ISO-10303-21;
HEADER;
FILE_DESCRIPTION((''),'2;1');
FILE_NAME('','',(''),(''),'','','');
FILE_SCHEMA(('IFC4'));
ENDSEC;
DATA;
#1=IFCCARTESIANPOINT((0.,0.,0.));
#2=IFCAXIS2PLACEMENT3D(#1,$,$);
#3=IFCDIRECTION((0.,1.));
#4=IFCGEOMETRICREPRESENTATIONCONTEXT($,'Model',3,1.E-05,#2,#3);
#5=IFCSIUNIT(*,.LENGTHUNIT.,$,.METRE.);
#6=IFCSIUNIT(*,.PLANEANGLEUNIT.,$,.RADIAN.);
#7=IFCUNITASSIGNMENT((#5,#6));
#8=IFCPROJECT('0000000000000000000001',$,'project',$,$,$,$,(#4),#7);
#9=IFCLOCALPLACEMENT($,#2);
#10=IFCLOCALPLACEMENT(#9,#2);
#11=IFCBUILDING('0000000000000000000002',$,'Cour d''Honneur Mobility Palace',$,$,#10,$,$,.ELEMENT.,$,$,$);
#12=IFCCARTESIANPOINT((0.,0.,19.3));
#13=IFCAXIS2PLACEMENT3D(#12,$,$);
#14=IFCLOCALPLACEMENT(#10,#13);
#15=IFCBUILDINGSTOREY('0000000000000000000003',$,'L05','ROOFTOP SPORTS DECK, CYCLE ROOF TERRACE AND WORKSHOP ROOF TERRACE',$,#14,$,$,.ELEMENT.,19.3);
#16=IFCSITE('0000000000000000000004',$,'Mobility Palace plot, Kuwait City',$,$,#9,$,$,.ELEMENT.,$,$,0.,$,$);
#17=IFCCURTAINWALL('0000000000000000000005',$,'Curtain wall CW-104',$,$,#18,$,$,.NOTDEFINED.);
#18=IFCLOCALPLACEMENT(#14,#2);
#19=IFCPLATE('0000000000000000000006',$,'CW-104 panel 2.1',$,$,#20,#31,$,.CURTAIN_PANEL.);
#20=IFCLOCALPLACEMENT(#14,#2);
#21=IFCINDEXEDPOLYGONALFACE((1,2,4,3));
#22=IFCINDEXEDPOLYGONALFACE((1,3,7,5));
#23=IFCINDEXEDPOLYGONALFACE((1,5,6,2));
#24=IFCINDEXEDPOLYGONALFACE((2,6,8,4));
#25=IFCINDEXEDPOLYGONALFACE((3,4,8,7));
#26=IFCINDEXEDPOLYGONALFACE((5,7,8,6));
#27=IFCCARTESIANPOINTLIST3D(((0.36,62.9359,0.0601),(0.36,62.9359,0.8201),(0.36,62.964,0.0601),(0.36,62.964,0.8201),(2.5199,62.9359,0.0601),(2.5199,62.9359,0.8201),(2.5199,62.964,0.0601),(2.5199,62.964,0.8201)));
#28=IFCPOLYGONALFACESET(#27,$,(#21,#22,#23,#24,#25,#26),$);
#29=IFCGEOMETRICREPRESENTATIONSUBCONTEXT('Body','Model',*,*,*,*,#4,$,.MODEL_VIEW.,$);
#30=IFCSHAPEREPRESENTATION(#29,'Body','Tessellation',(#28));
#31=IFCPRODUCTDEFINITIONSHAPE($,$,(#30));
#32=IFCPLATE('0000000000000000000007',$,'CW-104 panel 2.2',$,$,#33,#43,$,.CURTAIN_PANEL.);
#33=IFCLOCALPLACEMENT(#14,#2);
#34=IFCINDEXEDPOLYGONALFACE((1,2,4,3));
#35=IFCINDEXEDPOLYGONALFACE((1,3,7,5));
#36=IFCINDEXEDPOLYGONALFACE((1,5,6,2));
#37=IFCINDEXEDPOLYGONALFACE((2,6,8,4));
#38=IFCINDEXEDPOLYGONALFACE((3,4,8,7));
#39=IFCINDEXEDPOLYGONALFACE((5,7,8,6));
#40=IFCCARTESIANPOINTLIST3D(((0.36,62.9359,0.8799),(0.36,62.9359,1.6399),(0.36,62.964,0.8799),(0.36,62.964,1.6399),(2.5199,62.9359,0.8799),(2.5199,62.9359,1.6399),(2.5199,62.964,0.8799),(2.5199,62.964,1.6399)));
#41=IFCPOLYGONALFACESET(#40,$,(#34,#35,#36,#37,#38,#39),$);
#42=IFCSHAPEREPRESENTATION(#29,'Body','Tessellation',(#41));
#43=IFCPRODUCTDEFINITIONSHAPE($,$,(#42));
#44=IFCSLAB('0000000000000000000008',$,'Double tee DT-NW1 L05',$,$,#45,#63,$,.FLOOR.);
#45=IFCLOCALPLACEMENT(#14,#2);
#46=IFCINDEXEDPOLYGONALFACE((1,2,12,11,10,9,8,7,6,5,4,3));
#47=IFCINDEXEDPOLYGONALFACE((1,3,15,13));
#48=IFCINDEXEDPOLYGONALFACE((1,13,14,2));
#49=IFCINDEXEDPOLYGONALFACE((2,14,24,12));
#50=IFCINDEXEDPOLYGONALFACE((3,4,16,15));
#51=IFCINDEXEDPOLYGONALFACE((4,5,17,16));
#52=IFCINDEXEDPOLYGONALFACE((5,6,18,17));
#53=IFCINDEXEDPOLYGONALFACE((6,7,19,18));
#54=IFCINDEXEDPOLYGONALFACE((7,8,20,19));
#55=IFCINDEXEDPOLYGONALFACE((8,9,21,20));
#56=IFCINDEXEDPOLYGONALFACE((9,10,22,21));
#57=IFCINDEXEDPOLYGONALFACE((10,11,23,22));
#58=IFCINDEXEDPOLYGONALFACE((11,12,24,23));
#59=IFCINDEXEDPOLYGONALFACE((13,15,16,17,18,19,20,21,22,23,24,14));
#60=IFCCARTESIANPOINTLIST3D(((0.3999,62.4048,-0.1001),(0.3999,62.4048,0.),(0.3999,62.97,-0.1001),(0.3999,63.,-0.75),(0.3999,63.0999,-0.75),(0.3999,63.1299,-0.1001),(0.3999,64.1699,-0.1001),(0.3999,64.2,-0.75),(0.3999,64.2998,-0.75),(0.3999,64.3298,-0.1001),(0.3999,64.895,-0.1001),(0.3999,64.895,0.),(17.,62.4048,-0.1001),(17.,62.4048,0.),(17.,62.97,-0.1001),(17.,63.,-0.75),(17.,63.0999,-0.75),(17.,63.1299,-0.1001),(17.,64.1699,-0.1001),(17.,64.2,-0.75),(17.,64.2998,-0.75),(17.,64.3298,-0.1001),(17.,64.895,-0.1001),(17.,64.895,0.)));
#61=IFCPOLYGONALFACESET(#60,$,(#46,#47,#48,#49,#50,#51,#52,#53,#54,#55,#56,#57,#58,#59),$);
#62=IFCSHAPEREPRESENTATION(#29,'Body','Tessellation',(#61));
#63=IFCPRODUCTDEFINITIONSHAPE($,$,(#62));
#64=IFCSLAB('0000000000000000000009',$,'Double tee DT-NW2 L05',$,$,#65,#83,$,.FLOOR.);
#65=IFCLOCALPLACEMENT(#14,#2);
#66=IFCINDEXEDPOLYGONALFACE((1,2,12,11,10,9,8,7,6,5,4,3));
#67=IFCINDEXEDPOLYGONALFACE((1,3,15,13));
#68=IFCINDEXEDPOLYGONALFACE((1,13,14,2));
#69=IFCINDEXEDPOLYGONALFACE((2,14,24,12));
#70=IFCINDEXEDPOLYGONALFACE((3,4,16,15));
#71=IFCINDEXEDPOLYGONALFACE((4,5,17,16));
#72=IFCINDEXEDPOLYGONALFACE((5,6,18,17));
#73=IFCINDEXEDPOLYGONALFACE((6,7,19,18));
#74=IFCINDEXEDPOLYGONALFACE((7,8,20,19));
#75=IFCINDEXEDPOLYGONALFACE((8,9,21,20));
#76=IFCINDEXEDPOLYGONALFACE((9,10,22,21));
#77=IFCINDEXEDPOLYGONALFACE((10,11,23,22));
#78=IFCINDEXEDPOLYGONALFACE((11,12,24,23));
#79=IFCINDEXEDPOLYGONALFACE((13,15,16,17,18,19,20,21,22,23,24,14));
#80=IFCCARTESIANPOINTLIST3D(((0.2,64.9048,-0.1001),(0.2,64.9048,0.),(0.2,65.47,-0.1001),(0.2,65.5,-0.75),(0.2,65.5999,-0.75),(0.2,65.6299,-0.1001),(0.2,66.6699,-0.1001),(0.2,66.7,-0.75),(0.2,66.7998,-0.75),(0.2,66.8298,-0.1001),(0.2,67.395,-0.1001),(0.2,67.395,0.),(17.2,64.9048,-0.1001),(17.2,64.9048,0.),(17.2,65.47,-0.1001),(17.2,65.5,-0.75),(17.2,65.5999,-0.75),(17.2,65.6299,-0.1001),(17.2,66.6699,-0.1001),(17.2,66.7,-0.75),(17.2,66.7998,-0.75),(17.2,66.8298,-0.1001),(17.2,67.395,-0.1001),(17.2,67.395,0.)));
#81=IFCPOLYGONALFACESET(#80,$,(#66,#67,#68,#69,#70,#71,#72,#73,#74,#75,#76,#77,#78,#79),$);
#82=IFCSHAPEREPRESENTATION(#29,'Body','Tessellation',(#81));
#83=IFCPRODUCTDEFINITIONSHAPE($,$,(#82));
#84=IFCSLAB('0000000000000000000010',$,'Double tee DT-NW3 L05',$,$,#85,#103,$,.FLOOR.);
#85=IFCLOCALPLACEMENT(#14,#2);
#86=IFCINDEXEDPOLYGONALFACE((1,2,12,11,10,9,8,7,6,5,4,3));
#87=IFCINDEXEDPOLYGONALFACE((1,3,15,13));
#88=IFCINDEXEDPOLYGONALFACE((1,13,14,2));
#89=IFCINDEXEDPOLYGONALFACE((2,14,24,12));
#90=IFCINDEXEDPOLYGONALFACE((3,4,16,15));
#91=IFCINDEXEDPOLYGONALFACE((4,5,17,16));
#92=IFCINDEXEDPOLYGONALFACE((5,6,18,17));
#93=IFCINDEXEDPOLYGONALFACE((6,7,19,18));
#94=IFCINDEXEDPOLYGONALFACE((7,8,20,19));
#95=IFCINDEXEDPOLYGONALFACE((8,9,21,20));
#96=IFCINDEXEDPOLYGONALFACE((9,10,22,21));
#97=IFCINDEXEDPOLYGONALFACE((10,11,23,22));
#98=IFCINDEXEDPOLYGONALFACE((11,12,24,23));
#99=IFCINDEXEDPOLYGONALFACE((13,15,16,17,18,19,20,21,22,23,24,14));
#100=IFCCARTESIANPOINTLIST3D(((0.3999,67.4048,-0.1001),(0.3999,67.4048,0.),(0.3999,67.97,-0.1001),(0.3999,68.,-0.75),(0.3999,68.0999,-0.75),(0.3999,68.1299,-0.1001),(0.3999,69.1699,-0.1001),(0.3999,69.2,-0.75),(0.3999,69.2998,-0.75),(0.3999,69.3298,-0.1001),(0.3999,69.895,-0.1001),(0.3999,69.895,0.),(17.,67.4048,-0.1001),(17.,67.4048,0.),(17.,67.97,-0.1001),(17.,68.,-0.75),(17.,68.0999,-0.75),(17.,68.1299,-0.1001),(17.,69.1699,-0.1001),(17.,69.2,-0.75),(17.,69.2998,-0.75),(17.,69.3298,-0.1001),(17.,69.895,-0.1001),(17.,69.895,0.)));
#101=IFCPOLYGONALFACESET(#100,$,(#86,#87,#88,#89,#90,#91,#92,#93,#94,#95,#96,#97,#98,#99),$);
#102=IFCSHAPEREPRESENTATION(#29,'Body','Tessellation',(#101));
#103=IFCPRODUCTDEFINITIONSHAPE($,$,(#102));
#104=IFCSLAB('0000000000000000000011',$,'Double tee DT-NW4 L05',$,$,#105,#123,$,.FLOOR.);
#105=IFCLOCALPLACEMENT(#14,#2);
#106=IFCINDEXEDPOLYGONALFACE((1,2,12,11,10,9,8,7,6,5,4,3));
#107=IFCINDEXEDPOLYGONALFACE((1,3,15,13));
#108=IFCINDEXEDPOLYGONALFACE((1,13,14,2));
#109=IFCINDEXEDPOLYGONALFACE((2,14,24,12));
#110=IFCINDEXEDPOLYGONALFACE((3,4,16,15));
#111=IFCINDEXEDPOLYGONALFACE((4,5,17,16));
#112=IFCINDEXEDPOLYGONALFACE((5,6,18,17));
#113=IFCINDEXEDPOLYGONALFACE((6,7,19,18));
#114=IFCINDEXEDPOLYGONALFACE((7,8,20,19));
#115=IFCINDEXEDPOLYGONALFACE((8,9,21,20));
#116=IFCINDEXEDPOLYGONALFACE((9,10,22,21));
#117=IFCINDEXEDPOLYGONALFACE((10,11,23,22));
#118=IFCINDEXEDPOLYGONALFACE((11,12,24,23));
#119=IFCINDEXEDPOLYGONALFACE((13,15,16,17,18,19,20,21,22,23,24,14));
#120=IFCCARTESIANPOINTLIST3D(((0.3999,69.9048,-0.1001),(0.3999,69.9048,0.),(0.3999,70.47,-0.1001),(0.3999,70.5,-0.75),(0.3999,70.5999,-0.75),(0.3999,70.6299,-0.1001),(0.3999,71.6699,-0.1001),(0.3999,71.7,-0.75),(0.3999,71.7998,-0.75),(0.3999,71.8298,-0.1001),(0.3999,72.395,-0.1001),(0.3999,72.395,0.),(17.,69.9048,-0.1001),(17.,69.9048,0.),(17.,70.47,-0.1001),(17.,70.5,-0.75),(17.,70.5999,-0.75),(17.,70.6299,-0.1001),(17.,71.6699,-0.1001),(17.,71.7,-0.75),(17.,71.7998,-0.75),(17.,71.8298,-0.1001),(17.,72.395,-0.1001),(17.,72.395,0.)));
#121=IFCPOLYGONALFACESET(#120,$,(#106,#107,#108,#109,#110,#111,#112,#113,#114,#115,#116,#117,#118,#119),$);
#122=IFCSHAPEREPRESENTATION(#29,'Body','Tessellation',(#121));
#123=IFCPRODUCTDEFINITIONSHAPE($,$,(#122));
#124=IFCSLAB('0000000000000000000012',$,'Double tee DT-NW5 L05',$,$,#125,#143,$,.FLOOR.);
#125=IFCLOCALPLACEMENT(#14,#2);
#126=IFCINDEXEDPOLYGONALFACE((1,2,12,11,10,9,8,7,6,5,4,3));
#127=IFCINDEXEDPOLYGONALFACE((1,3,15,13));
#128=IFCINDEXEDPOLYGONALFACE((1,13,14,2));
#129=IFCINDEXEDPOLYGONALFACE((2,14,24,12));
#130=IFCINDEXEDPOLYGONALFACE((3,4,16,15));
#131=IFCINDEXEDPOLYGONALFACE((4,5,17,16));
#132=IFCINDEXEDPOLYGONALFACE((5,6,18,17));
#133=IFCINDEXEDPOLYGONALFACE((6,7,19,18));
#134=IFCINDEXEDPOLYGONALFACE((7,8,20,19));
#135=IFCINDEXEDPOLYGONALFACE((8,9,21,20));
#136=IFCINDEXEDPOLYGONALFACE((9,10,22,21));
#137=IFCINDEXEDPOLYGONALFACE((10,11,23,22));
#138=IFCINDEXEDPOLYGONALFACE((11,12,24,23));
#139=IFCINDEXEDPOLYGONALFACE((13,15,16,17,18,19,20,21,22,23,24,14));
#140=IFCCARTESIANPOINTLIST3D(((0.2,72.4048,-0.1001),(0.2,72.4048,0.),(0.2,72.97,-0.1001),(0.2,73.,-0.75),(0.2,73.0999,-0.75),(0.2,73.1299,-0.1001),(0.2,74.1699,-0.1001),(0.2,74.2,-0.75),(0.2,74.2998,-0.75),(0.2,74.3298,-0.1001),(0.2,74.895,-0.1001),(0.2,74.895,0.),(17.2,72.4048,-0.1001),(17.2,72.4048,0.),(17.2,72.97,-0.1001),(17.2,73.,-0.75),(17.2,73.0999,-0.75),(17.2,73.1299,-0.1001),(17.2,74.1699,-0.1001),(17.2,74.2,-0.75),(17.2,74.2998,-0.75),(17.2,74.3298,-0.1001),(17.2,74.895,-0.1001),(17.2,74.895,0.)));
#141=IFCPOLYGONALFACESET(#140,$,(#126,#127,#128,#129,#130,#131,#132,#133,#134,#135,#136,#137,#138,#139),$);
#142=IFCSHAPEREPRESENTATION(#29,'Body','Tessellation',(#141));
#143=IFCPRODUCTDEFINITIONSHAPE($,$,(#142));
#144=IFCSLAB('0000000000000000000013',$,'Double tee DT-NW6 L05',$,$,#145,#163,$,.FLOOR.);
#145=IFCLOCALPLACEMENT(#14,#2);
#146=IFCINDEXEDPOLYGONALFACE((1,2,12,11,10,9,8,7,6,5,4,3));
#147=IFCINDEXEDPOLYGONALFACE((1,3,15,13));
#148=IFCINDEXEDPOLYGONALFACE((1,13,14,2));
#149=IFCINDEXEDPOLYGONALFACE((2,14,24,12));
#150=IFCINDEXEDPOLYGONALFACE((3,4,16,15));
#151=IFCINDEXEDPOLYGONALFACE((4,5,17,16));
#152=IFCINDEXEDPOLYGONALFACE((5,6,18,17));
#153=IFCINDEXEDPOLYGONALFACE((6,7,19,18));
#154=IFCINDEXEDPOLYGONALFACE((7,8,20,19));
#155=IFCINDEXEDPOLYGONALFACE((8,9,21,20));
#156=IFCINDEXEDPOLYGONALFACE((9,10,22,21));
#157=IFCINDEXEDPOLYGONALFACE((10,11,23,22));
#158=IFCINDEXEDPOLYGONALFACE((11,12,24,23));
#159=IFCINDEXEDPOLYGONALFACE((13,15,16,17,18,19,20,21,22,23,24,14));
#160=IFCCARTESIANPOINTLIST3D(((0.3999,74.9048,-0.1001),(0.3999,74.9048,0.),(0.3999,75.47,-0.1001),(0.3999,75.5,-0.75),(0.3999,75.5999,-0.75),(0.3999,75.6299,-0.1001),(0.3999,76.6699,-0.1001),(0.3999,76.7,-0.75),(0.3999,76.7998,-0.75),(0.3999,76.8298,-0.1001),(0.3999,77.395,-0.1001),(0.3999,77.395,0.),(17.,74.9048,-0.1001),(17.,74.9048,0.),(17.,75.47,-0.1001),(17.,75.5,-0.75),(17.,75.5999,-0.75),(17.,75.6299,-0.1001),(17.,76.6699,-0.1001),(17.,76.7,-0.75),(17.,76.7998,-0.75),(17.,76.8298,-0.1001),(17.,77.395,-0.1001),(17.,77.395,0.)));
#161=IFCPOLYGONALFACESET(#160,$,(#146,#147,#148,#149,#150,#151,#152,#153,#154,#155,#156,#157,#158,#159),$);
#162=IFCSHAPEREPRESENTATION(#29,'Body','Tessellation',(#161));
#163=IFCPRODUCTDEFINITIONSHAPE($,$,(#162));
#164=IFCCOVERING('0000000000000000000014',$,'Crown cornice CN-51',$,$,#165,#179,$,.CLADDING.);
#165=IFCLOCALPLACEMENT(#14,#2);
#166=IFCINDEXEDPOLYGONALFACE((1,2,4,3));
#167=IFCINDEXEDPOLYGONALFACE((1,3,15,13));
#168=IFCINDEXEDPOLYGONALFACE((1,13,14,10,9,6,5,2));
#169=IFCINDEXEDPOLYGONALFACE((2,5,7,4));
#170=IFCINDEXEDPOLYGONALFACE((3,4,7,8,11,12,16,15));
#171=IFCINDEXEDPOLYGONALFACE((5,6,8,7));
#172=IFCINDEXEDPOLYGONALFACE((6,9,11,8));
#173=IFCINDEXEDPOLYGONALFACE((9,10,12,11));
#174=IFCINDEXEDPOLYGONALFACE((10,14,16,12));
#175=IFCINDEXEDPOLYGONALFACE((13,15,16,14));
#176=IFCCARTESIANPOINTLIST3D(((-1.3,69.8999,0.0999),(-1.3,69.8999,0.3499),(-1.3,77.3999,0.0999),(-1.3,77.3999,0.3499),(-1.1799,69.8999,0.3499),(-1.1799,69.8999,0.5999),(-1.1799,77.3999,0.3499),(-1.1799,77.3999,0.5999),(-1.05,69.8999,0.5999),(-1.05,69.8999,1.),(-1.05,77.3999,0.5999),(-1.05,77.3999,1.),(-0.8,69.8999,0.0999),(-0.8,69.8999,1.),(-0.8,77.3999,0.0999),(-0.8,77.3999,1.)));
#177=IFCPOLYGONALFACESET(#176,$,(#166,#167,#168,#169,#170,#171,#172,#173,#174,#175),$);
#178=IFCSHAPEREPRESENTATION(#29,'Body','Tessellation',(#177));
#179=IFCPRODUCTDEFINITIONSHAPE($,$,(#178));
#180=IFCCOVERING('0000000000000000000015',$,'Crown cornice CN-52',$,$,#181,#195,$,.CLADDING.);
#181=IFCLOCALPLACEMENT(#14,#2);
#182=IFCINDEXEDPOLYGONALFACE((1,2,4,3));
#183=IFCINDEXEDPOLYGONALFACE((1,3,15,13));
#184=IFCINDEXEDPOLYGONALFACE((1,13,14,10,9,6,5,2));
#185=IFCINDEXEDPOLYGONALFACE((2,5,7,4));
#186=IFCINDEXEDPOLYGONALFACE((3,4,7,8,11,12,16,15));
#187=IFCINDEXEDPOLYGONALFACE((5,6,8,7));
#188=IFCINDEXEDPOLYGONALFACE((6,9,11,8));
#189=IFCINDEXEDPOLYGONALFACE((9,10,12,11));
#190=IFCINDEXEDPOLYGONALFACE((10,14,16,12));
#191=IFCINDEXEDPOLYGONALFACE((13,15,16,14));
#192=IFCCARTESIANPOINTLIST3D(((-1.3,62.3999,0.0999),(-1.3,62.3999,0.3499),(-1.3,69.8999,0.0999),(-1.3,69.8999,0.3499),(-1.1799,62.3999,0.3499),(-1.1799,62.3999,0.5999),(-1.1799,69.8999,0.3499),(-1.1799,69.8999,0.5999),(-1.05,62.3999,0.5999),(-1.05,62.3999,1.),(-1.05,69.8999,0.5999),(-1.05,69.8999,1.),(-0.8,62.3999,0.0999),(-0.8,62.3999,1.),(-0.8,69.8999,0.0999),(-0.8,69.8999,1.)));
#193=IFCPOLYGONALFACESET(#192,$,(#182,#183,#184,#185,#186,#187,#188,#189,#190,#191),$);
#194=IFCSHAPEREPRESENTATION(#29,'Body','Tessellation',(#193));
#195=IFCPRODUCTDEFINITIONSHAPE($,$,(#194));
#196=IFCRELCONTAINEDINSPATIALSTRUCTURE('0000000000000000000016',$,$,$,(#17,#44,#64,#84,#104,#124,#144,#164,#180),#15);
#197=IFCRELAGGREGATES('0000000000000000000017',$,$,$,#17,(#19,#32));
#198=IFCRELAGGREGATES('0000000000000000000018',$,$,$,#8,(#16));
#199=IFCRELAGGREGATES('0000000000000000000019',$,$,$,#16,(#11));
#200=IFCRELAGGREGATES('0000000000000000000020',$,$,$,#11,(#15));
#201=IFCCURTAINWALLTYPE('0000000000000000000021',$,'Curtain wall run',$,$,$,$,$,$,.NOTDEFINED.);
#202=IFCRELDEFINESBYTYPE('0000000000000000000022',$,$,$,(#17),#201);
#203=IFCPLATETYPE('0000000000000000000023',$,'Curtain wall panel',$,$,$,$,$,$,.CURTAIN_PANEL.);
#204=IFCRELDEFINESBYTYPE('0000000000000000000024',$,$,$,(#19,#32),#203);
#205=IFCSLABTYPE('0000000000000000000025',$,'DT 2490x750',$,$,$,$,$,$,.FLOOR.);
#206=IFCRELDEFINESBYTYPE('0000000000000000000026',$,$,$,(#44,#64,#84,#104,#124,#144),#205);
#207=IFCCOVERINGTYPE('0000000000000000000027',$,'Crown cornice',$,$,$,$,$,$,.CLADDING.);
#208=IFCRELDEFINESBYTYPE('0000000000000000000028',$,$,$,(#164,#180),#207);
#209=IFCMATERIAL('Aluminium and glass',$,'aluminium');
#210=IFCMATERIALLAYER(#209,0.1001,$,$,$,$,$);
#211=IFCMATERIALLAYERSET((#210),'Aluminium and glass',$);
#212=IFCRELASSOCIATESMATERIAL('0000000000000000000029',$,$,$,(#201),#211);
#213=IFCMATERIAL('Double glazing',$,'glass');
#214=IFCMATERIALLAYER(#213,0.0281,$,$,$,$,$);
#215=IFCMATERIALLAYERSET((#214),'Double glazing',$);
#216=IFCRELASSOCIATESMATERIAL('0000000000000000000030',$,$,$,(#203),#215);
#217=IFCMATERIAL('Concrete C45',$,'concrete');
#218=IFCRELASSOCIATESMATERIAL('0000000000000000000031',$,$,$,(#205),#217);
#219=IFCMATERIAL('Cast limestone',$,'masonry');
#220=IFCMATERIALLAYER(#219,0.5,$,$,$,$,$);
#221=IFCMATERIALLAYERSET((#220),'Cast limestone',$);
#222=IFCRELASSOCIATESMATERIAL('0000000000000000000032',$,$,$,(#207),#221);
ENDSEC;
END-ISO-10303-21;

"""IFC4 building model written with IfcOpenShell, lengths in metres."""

from ifc_helpers import new_model, si_unit, direction, frame, origin, origin_2d, place, context, subcontext, project, spatial, polyline, rectangle, outline, extrude, material, layer, layer_set, material_profile, profile_set, type_object, element, aggregate, save


model = new_model("IFC4")

# Units and contexts
model_context = context("Model", 3, precision=1e-05, world=origin(), true_north=direction((0.0, 1.0)))
body_context = subcontext(model_context, "Body", "Model", "MODEL_VIEW")
ifc_project = project(units=[si_unit("LENGTHUNIT", "METRE"), si_unit("PLANEANGLEUNIT", "RADIAN")], contexts=[model_context])

# Site, building, storey
site_placement = place(None, origin())
site = spatial("IfcSite", under=ifc_project, at=site_placement, Name="Mobility Palace plot, Kuwait City", CompositionType="ELEMENT", RefElevation=0.0)
building_placement = place(site_placement, origin())
building = spatial("IfcBuilding", under=site, at=building_placement, Name="Cour d'Honneur Mobility Palace", CompositionType="ELEMENT")
storey_placement = place(building_placement, frame((0.0, 0.0, 19.3)))
storey = spatial("IfcBuildingStorey", under=building, at=storey_placement, Name="L05", Description="ROOFTOP SPORTS DECK, CYCLE ROOF TERRACE AND WORKSHOP ROOF TERRACE", CompositionType="ELEMENT", Elevation=19.3)

# Curtain wall
ifc_material_1 = material(Name="Aluminium and glass", Category="aluminium")
ifc_layer_1 = layer(ifc_material_1, 0.1001)
ifc_layer_set_1 = layer_set([ifc_layer_1], Name="Aluminium and glass")
curtain_wall_type = type_object("IfcCurtainWallType", Name="Curtain wall run", PredefinedType="NOTDEFINED", material=ifc_layer_set_1)
curtain_wall_1_placement = place(storey_placement, origin())
curtain_wall_1 = element("IfcCurtainWall", 1, at=curtain_wall_1_placement, inside=storey, type_object=curtain_wall_type, Name="Curtain wall CW-104", PredefinedType="NOTDEFINED")

# Plates
ifc_material_2 = material(Name="Double glazing", Category="glass")
ifc_layer_2 = layer(ifc_material_2, 0.0281)
ifc_layer_set_2 = layer_set([ifc_layer_2], Name="Double glazing")
plate_type = type_object("IfcPlateType", Name="Curtain wall panel", PredefinedType="CURTAIN_PANEL", material=ifc_layer_set_2)
plate_1_placement = place(storey_placement, frame((1.4399, 62.95, 0.0601), z_axis=(0.0, 0.0, 1.0), x_axis=(-1.0, 0.0, 0.0)))
plate_1 = element("IfcPlate", 2, at=plate_1_placement, type_object=plate_type, Name="CW-104 panel 2.1", PredefinedType="CURTAIN_PANEL", context=body_context, shape_type="SweptSolid", body=[
    extrude(rectangle(XDim=2.1599, YDim=0.0281, at=origin_2d()), origin(), (0.0, 0.0, 1.0), 0.76),
])
plate_2_placement = place(storey_placement, frame((1.4399, 62.95, 0.8799), z_axis=(0.0, 0.0, 1.0), x_axis=(-1.0, 0.0, 0.0)))
plate_2 = element("IfcPlate", 3, at=plate_2_placement, type_object=plate_type, Name="CW-104 panel 2.2", PredefinedType="CURTAIN_PANEL", context=body_context, shape_type="SweptSolid", body=[
    extrude(rectangle(XDim=2.1599, YDim=0.0281, at=origin_2d()), origin(), (0.0, 0.0, 1.0), 0.76),
])
aggregate(curtain_wall_1, [plate_1, plate_2])

# Slabs
ifc_material_3 = material(Name="Concrete C45", Category="concrete")
ifc_material_profile_1 = material_profile(ifc_material_3, outline(polyline([(-1.2451, 0.0), (1.2451, 0.0), (1.2451, -0.1001), (0.6799, -0.1001), (0.6499, -0.75), (0.55, -0.75), (0.52, -0.1001), (-0.52, -0.1001), (-0.55, -0.75), (-0.6499, -0.75), (-0.6799, -0.1001), (-1.2451, -0.1001), (-1.2451, 0.0)])), Name="DT 2490x750")
ifc_profile_set_1 = profile_set([ifc_material_profile_1], Name="Concrete C45")
slab_type = type_object("IfcSlabType", Name="DT 2490x750", PredefinedType="FLOOR", material=ifc_profile_set_1)
slab_1_placement = place(storey_placement, frame((0.3999, 63.6499, 0.0), z_axis=(1.0, 0.0, 0.0), x_axis=(0.0, 1.0, 0.0)))
element("IfcSlab", 4, at=slab_1_placement, inside=storey, type_object=slab_type, Name="Double tee DT-NW1 L05", PredefinedType="FLOOR", context=body_context, shape_type="SweptSolid", body=[
    extrude(outline(polyline([(-1.2451, 0.0), (1.2451, 0.0), (1.2451, -0.1001), (0.6799, -0.1001), (0.6499, -0.75), (0.55, -0.75), (0.52, -0.1001), (-0.52, -0.1001), (-0.55, -0.75), (-0.6499, -0.75), (-0.6799, -0.1001), (-1.2451, -0.1001), (-1.2451, 0.0)])), origin(), (0.0, 0.0, 1.0), 16.6001),
])
slab_2_placement = place(storey_placement, frame((0.2, 66.1499, 0.0), z_axis=(1.0, 0.0, 0.0), x_axis=(0.0, 1.0, 0.0)))
element("IfcSlab", 5, at=slab_2_placement, inside=storey, type_object=slab_type, Name="Double tee DT-NW2 L05", PredefinedType="FLOOR", context=body_context, shape_type="SweptSolid", body=[
    extrude(outline(polyline([(-1.2451, 0.0), (1.2451, 0.0), (1.2451, -0.1001), (0.6799, -0.1001), (0.6499, -0.75), (0.55, -0.75), (0.52, -0.1001), (-0.52, -0.1001), (-0.55, -0.75), (-0.6499, -0.75), (-0.6799, -0.1001), (-1.2451, -0.1001), (-1.2451, 0.0)])), origin(), (0.0, 0.0, 1.0), 17.0),
])
for number, where, z_axis, x_axis, name in (
    (6, (0.3999, 68.6499, 0.0), (1.0, 0.0, 0.0), (0.0, 1.0, 0.0), "Double tee DT-NW3 L05"),
    (7, (0.3999, 71.1499, 0.0), (1.0, 0.0, 0.0), (0.0, 1.0, 0.0), "Double tee DT-NW4 L05"),
):
    element("IfcSlab", number, at=place(storey_placement, frame(where, z_axis=z_axis, x_axis=x_axis)), inside=storey, type_object=slab_type, Name=name, PredefinedType="FLOOR", context=body_context, shape_type="SweptSolid", body=[
        extrude(outline(polyline([(-1.2451, 0.0), (1.2451, 0.0), (1.2451, -0.1001), (0.6799, -0.1001), (0.6499, -0.75), (0.55, -0.75), (0.52, -0.1001), (-0.52, -0.1001), (-0.55, -0.75), (-0.6499, -0.75), (-0.6799, -0.1001), (-1.2451, -0.1001), (-1.2451, 0.0)])), origin(), (0.0, 0.0, 1.0), 16.6001),
    ])
slab_3_placement = place(storey_placement, frame((0.2, 73.6499, 0.0), z_axis=(1.0, 0.0, 0.0), x_axis=(0.0, 1.0, 0.0)))
element("IfcSlab", 8, at=slab_3_placement, inside=storey, type_object=slab_type, Name="Double tee DT-NW5 L05", PredefinedType="FLOOR", context=body_context, shape_type="SweptSolid", body=[
    extrude(outline(polyline([(-1.2451, 0.0), (1.2451, 0.0), (1.2451, -0.1001), (0.6799, -0.1001), (0.6499, -0.75), (0.55, -0.75), (0.52, -0.1001), (-0.52, -0.1001), (-0.55, -0.75), (-0.6499, -0.75), (-0.6799, -0.1001), (-1.2451, -0.1001), (-1.2451, 0.0)])), origin(), (0.0, 0.0, 1.0), 17.0),
])
slab_4_placement = place(storey_placement, frame((0.3999, 76.1499, 0.0), z_axis=(1.0, 0.0, 0.0), x_axis=(0.0, 1.0, 0.0)))
element("IfcSlab", 9, at=slab_4_placement, inside=storey, type_object=slab_type, Name="Double tee DT-NW6 L05", PredefinedType="FLOOR", context=body_context, shape_type="SweptSolid", body=[
    extrude(outline(polyline([(-1.2451, 0.0), (1.2451, 0.0), (1.2451, -0.1001), (0.6799, -0.1001), (0.6499, -0.75), (0.55, -0.75), (0.52, -0.1001), (-0.52, -0.1001), (-0.55, -0.75), (-0.6499, -0.75), (-0.6799, -0.1001), (-1.2451, -0.1001), (-1.2451, 0.0)])), origin(), (0.0, 0.0, 1.0), 16.6001),
])

# Coverings
ifc_material_4 = material(Name="Cast limestone", Category="masonry")
ifc_layer_3 = layer(ifc_material_4, 0.5)
ifc_layer_set_3 = layer_set([ifc_layer_3], Name="Cast limestone")
covering_type = type_object("IfcCoveringType", Name="Crown cornice", PredefinedType="CLADDING", material=ifc_layer_set_3)
for number, where, z_axis, x_axis, name in (
    (10, (-0.8, 77.3999, 0.0999), (0.0, 1.0, 0.0), (-1.0, 0.0, 0.0), "Crown cornice CN-51"),
    (11, (-0.8, 69.8999, 0.0999), (0.0, 1.0, 0.0), (-1.0, 0.0, 0.0), "Crown cornice CN-52"),
):
    element("IfcCovering", number, at=place(storey_placement, frame(where, z_axis=z_axis, x_axis=x_axis)), inside=storey, type_object=covering_type, Name=name, PredefinedType="CLADDING", context=body_context, shape_type="SweptSolid", body=[
        extrude(outline(polyline([(0.0, 0.0), (0.5, 0.0), (0.5, 0.25), (0.3799, 0.25), (0.3799, 0.5), (0.25, 0.5), (0.25, 0.9001), (0.0, 0.9001), (0.0, 0.0)])), origin(), (0.0, 0.0, -1.0), 7.5),
    ])

save(model, "model.ifc")
